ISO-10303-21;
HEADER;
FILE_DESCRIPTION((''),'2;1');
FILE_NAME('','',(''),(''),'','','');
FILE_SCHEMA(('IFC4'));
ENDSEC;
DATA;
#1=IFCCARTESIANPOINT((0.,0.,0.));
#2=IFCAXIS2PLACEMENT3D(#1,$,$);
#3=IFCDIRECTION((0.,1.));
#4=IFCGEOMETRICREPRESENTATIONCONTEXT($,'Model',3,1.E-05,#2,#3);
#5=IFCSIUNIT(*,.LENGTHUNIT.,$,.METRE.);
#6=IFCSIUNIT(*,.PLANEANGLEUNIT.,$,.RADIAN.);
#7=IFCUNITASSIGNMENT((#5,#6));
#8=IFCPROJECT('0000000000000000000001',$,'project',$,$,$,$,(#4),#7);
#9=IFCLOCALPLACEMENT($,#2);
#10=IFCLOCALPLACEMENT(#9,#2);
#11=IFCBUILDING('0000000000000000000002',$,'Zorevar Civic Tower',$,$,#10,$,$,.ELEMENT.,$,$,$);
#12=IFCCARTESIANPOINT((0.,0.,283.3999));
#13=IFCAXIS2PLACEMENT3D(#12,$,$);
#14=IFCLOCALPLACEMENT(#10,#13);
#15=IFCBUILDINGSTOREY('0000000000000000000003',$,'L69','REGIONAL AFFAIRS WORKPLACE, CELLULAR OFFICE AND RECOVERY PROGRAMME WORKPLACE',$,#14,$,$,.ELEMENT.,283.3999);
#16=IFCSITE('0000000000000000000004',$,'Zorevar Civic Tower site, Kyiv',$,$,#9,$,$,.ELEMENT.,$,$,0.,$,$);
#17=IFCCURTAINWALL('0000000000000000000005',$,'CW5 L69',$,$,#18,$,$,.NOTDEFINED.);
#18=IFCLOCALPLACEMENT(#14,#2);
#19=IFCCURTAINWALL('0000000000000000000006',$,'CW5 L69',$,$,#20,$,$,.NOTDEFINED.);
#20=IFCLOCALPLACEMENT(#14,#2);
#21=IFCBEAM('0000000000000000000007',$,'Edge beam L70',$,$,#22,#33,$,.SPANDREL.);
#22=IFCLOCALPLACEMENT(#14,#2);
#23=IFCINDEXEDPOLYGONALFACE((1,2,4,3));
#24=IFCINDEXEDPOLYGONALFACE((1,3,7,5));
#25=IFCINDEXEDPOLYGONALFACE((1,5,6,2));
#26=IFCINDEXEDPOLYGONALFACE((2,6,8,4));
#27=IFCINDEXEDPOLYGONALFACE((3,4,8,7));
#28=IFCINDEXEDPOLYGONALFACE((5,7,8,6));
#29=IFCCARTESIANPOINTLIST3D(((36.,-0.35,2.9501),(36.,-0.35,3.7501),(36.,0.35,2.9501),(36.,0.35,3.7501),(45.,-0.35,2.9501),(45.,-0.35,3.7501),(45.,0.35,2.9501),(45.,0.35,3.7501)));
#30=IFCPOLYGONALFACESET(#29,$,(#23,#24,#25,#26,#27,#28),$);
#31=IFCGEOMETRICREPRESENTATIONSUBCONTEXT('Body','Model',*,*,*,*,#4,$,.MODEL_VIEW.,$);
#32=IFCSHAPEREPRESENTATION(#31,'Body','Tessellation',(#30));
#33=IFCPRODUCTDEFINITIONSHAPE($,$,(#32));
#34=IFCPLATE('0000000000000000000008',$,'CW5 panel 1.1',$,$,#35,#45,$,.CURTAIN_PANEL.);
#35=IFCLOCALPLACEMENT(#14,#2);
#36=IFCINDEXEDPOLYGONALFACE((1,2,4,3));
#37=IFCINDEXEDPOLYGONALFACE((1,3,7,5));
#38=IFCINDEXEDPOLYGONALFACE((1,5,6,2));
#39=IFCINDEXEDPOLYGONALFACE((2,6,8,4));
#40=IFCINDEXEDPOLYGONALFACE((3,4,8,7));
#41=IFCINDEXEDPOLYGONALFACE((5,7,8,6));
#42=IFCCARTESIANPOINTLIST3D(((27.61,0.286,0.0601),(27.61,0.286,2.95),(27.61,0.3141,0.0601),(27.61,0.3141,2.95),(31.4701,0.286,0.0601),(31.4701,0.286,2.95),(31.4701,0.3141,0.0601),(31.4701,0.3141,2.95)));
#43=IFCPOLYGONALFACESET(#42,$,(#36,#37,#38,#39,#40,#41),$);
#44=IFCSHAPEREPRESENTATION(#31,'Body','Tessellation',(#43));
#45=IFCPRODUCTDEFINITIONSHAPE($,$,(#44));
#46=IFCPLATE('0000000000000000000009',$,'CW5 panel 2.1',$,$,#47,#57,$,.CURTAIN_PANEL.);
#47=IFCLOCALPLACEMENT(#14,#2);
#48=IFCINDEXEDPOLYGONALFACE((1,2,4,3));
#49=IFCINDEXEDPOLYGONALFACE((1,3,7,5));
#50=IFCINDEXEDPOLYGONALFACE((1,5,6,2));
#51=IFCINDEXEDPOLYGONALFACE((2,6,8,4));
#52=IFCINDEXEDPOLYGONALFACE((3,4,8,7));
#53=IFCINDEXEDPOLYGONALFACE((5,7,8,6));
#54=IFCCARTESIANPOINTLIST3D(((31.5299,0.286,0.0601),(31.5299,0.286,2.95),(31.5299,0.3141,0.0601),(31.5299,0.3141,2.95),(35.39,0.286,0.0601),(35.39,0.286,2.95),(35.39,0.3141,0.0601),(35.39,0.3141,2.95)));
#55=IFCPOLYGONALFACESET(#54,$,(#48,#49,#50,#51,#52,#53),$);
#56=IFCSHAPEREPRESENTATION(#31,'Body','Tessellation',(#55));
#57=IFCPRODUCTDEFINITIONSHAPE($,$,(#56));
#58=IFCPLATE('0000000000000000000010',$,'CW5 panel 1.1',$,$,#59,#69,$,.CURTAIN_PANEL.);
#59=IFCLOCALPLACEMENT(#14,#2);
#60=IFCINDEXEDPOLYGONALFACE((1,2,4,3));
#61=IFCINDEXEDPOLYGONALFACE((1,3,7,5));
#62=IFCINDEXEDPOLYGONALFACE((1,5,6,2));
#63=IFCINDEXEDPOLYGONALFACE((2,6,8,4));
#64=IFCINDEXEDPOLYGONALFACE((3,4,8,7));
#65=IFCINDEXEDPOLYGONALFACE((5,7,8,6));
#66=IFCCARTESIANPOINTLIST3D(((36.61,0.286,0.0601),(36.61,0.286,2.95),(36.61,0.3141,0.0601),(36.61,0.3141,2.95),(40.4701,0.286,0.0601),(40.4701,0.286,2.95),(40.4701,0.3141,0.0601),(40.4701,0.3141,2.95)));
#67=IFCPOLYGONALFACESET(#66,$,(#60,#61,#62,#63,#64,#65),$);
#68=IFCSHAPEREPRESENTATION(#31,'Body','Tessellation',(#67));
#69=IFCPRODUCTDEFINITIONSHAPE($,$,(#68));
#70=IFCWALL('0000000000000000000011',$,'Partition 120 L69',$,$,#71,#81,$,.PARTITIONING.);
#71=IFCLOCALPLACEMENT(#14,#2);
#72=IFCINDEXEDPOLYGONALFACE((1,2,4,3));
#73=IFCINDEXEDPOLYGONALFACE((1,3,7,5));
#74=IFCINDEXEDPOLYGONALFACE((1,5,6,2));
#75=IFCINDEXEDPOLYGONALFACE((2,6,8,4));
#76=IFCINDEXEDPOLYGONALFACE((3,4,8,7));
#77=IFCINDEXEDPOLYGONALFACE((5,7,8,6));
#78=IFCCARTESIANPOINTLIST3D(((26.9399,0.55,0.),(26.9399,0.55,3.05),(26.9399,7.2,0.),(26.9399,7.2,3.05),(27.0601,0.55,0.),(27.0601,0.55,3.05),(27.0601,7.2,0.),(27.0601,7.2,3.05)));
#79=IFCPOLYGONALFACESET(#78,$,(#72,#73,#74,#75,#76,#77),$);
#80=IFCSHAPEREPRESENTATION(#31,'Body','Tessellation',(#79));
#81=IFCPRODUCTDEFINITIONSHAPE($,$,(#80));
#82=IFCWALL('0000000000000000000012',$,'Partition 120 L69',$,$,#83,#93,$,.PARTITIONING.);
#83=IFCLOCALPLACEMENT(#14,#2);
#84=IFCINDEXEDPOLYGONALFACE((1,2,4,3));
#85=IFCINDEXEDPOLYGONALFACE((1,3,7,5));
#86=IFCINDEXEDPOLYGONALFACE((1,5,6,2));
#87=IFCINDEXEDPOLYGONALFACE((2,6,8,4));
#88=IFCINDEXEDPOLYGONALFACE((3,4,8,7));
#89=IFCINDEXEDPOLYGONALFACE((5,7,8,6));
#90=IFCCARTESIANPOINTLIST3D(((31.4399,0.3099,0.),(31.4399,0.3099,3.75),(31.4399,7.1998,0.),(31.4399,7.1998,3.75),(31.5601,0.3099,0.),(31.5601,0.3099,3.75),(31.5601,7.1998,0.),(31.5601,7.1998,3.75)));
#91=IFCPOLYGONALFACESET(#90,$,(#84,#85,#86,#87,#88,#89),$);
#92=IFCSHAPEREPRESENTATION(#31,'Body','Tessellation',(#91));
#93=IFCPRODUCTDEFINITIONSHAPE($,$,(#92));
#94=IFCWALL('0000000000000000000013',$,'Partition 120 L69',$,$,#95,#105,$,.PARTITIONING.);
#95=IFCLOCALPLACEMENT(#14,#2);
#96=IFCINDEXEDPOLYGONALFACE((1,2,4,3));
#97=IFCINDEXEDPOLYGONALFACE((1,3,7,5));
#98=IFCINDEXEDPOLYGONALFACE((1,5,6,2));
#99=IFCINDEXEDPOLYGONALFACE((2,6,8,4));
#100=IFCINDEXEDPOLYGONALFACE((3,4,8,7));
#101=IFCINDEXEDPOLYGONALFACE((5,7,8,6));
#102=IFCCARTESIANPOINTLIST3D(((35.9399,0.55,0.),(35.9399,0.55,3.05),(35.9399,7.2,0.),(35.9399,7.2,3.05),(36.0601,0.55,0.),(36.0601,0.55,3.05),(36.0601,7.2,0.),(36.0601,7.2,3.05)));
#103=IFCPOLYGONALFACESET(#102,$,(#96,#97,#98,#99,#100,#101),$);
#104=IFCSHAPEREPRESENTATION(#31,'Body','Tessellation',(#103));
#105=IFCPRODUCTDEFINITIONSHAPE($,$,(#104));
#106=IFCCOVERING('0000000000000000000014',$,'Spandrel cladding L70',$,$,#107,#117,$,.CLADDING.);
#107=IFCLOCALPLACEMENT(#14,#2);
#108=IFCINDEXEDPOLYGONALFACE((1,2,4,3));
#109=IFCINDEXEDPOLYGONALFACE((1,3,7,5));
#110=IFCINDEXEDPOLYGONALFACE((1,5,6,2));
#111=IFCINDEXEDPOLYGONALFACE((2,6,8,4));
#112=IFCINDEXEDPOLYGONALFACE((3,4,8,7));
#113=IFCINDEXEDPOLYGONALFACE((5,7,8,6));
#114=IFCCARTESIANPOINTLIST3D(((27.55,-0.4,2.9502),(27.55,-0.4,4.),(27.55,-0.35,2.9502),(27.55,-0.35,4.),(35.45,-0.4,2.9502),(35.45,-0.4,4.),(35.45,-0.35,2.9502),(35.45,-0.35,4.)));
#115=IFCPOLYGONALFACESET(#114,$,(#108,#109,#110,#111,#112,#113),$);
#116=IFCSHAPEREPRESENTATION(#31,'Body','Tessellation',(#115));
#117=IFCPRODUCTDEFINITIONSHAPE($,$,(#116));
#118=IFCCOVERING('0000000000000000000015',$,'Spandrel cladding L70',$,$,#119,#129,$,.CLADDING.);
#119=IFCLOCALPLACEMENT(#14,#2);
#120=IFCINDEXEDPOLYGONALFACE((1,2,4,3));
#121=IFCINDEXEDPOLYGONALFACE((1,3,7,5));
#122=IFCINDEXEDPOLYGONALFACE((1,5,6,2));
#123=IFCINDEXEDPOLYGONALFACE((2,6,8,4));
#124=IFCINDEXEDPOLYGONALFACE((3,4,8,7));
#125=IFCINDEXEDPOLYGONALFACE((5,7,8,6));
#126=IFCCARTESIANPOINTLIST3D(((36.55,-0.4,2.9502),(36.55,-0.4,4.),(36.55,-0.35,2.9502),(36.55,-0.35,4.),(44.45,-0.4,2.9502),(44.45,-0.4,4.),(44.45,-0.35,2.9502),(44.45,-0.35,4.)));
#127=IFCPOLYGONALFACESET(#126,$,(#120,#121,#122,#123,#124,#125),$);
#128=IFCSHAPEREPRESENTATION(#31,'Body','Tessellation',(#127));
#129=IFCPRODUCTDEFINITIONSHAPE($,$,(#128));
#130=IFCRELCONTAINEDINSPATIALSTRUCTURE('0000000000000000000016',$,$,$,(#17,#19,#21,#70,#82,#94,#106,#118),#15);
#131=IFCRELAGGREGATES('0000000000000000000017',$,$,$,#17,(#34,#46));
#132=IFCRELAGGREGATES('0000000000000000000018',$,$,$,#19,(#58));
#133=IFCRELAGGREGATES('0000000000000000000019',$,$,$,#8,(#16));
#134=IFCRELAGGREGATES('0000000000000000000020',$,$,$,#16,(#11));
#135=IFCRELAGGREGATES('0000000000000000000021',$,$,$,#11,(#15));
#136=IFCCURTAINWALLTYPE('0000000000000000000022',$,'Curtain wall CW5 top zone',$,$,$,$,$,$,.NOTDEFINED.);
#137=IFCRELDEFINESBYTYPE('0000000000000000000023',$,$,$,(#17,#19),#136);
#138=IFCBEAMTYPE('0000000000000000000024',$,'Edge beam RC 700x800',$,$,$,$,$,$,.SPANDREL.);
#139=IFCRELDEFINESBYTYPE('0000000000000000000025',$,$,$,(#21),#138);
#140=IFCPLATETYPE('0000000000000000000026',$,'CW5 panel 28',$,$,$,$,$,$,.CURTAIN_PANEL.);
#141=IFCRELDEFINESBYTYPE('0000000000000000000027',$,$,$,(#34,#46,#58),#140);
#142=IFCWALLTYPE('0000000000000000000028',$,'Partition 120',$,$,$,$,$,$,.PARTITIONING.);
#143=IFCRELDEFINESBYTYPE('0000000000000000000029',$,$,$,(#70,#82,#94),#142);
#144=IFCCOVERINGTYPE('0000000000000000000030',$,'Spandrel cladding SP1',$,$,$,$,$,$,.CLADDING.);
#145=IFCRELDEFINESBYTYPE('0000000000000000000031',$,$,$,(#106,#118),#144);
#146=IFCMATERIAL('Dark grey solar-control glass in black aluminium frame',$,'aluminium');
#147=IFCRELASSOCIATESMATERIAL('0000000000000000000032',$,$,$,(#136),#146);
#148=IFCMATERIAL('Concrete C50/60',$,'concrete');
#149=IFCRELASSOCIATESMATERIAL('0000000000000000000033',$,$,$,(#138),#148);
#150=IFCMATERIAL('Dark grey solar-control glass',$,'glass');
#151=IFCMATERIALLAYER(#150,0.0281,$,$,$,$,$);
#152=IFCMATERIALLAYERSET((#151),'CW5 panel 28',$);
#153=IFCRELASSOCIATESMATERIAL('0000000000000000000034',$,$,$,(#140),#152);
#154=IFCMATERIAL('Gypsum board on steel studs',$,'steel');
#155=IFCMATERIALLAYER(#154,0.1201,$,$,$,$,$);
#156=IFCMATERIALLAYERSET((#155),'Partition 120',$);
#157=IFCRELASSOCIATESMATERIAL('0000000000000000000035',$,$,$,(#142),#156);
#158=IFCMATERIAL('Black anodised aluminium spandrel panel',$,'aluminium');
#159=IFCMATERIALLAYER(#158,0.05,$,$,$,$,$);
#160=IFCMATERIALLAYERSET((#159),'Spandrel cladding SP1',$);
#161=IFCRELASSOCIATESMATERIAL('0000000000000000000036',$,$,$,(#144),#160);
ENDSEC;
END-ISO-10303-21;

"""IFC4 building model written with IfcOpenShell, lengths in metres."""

from ifc_helpers import new_model, si_unit, direction, frame, frame_2d, origin, origin_2d, place, context, subcontext, project, spatial, rectangle, extrude, material, layer, layer_set, material_profile, profile_set, type_object, element, aggregate, save


model = new_model("IFC4")

# Units and contexts
model_context = context("Model", 3, precision=1e-05, world=origin(), true_north=direction((0.0, 1.0)))
body_context = subcontext(model_context, "Body", "Model", "MODEL_VIEW")
ifc_project = project(units=[si_unit("LENGTHUNIT", "METRE"), si_unit("PLANEANGLEUNIT", "RADIAN")], contexts=[model_context])

# Site, building, storey
site_placement = place(None, origin())
site = spatial("IfcSite", under=ifc_project, at=site_placement, Name="Zorevar Civic Tower site, Kyiv", CompositionType="ELEMENT", RefElevation=0.0)
building_placement = place(site_placement, origin())
building = spatial("IfcBuilding", under=site, at=building_placement, Name="Zorevar Civic Tower", CompositionType="ELEMENT")
storey_placement = place(building_placement, frame((0.0, 0.0, 283.3999)))
storey = spatial("IfcBuildingStorey", under=building, at=storey_placement, Name="L69", Description="REGIONAL AFFAIRS WORKPLACE, CELLULAR OFFICE AND RECOVERY PROGRAMME WORKPLACE", CompositionType="ELEMENT", Elevation=283.3999)

# Curtain walls
ifc_material_1 = material(Name="Dark grey solar-control glass in black aluminium frame", Category="aluminium")
curtain_wall_type = type_object("IfcCurtainWallType", Name="Curtain wall CW5 top zone", PredefinedType="NOTDEFINED", material=ifc_material_1)
curtain_wall_1_placement = place(storey_placement, origin())
curtain_wall_1 = element("IfcCurtainWall", 1, at=curtain_wall_1_placement, inside=storey, type_object=curtain_wall_type, Name="CW5 L69", PredefinedType="NOTDEFINED")
curtain_wall_2_placement = place(storey_placement, origin())
curtain_wall_2 = element("IfcCurtainWall", 2, at=curtain_wall_2_placement, inside=storey, type_object=curtain_wall_type, Name="CW5 L69", PredefinedType="NOTDEFINED")

# Beam
ifc_material_2 = material(Name="Concrete C50/60", Category="concrete")
ifc_material_profile_1 = material_profile(ifc_material_2, rectangle(XDim=0.7, YDim=0.8, at=origin_2d()), Name="RC 700x800")
ifc_profile_set_1 = profile_set([ifc_material_profile_1], Name="Concrete C50/60")
beam_type_1 = type_object("IfcBeamType", Name="Edge beam RC 700x800", PredefinedType="SPANDREL", material=ifc_profile_set_1)
beam_1_placement = place(storey_placement, frame((36.0, 0.0, 3.3501), z_axis=(1.0, 0.0, 0.0), x_axis=(0.0, 1.0, 0.0)))
element("IfcBeam", 3, at=beam_1_placement, inside=storey, type_object=beam_type_1, Name="Edge beam L70", PredefinedType="SPANDREL", context=body_context, shape_type="SweptSolid", body=[
    extrude(rectangle(XDim=0.7, YDim=0.8, at=origin_2d()), origin(), (0.0, 0.0, 1.0), 9.0),
])

# Plates
ifc_material_3 = material(Name="Dark grey solar-control glass", Category="glass")
ifc_layer_1 = layer(ifc_material_3, 0.0281)
ifc_layer_set_1 = layer_set([ifc_layer_1], Name="CW5 panel 28")
plate_type = type_object("IfcPlateType", Name="CW5 panel 28", PredefinedType="CURTAIN_PANEL", material=ifc_layer_set_1)
plate_1_placement = place(storey_placement, frame((29.54, 0.3, 0.0601), z_axis=(0.0, 0.0, 1.0), x_axis=(1.0, 0.0, 0.0)))
plate_1 = element("IfcPlate", 4, at=plate_1_placement, type_object=plate_type, Name="CW5 panel 1.1", PredefinedType="CURTAIN_PANEL", context=body_context, shape_type="SweptSolid", body=[
    extrude(rectangle(XDim=3.8601, YDim=0.0281, at=origin_2d()), origin(), (0.0, 0.0, 1.0), 2.8899),
])
plate_2_placement = place(storey_placement, frame((33.46, 0.3, 0.0601), z_axis=(0.0, 0.0, 1.0), x_axis=(1.0, 0.0, 0.0)))
plate_2 = element("IfcPlate", 5, at=plate_2_placement, type_object=plate_type, Name="CW5 panel 2.1", PredefinedType="CURTAIN_PANEL", context=body_context, shape_type="SweptSolid", body=[
    extrude(rectangle(XDim=3.8601, YDim=0.0281, at=origin_2d()), origin(), (0.0, 0.0, 1.0), 2.8899),
])
aggregate(curtain_wall_1, [plate_1, plate_2])
plate_3_placement = place(storey_placement, frame((38.54, 0.3, 0.0601), z_axis=(0.0, 0.0, 1.0), x_axis=(1.0, 0.0, 0.0)))
plate_3 = element("IfcPlate", 6, at=plate_3_placement, type_object=plate_type, Name="CW5 panel 1.1", PredefinedType="CURTAIN_PANEL", context=body_context, shape_type="SweptSolid", body=[
    extrude(rectangle(XDim=3.8601, YDim=0.0281, at=origin_2d()), origin(), (0.0, 0.0, 1.0), 2.8899),
])
aggregate(curtain_wall_2, [plate_3])

# Walls
ifc_material_4 = material(Name="Gypsum board on steel studs", Category="steel")
ifc_layer_2 = layer(ifc_material_4, 0.1201)
ifc_layer_set_2 = layer_set([ifc_layer_2], Name="Partition 120")
wall_type = type_object("IfcWallType", Name="Partition 120", PredefinedType="PARTITIONING", material=ifc_layer_set_2)
wall_1_placement = place(storey_placement, frame((27.0, 0.55, 0.0), z_axis=(0.0, 0.0, 1.0), x_axis=(0.0, 1.0, 0.0)))
element("IfcWall", 7, at=wall_1_placement, inside=storey, type_object=wall_type, Name="Partition 120 L69", PredefinedType="PARTITIONING", context=body_context, shape_type="SweptSolid", body=[
    extrude(rectangle(XDim=6.6499, YDim=0.1201, at=frame_2d((3.325, 0.0))), origin(), (0.0, 0.0, 1.0), 3.05),
])
wall_2_placement = place(storey_placement, frame((31.5, 0.3101, 0.0), z_axis=(0.0, 0.0, 1.0), x_axis=(0.0, 1.0, 0.0)))
element("IfcWall", 8, at=wall_2_placement, inside=storey, type_object=wall_type, Name="Partition 120 L69", PredefinedType="PARTITIONING", context=body_context, shape_type="SweptSolid", body=[
    extrude(rectangle(XDim=6.8899, YDim=0.1201, at=frame_2d((3.4448, 0.0))), origin(), (0.0, 0.0, 1.0), 3.75),
])
wall_3_placement = place(storey_placement, frame((36.0, 0.55, 0.0), z_axis=(0.0, 0.0, 1.0), x_axis=(0.0, 1.0, 0.0)))
element("IfcWall", 9, at=wall_3_placement, inside=storey, type_object=wall_type, Name="Partition 120 L69", PredefinedType="PARTITIONING", context=body_context, shape_type="SweptSolid", body=[
    extrude(rectangle(XDim=6.6499, YDim=0.1201, at=frame_2d((3.325, 0.0))), origin(), (0.0, 0.0, 1.0), 3.05),
])

# Coverings
ifc_material_5 = material(Name="Black anodised aluminium spandrel panel", Category="aluminium")
ifc_layer_3 = layer(ifc_material_5, 0.05)
ifc_layer_set_3 = layer_set([ifc_layer_3], Name="Spandrel cladding SP1")
covering_type = type_object("IfcCoveringType", Name="Spandrel cladding SP1", PredefinedType="CLADDING", material=ifc_layer_set_3)
for number, where, z_axis, x_axis, name in (
    (10, (27.55, -0.375, 2.9502), (0.0, 0.0, 1.0), (1.0, 0.0, 0.0), "Spandrel cladding L70"),
    (11, (36.55, -0.375, 2.9502), (0.0, 0.0, 1.0), (1.0, 0.0, 0.0), "Spandrel cladding L70"),
):
    element("IfcCovering", number, at=place(storey_placement, frame(where, z_axis=z_axis, x_axis=x_axis)), inside=storey, type_object=covering_type, Name=name, PredefinedType="CLADDING", context=body_context, shape_type="SweptSolid", body=[
        extrude(rectangle(XDim=7.8999, YDim=0.05, at=frame_2d((3.95, 0.0))), origin(), (0.0, 0.0, 1.0), 1.0498),
    ])

save(model, "model.ifc")
